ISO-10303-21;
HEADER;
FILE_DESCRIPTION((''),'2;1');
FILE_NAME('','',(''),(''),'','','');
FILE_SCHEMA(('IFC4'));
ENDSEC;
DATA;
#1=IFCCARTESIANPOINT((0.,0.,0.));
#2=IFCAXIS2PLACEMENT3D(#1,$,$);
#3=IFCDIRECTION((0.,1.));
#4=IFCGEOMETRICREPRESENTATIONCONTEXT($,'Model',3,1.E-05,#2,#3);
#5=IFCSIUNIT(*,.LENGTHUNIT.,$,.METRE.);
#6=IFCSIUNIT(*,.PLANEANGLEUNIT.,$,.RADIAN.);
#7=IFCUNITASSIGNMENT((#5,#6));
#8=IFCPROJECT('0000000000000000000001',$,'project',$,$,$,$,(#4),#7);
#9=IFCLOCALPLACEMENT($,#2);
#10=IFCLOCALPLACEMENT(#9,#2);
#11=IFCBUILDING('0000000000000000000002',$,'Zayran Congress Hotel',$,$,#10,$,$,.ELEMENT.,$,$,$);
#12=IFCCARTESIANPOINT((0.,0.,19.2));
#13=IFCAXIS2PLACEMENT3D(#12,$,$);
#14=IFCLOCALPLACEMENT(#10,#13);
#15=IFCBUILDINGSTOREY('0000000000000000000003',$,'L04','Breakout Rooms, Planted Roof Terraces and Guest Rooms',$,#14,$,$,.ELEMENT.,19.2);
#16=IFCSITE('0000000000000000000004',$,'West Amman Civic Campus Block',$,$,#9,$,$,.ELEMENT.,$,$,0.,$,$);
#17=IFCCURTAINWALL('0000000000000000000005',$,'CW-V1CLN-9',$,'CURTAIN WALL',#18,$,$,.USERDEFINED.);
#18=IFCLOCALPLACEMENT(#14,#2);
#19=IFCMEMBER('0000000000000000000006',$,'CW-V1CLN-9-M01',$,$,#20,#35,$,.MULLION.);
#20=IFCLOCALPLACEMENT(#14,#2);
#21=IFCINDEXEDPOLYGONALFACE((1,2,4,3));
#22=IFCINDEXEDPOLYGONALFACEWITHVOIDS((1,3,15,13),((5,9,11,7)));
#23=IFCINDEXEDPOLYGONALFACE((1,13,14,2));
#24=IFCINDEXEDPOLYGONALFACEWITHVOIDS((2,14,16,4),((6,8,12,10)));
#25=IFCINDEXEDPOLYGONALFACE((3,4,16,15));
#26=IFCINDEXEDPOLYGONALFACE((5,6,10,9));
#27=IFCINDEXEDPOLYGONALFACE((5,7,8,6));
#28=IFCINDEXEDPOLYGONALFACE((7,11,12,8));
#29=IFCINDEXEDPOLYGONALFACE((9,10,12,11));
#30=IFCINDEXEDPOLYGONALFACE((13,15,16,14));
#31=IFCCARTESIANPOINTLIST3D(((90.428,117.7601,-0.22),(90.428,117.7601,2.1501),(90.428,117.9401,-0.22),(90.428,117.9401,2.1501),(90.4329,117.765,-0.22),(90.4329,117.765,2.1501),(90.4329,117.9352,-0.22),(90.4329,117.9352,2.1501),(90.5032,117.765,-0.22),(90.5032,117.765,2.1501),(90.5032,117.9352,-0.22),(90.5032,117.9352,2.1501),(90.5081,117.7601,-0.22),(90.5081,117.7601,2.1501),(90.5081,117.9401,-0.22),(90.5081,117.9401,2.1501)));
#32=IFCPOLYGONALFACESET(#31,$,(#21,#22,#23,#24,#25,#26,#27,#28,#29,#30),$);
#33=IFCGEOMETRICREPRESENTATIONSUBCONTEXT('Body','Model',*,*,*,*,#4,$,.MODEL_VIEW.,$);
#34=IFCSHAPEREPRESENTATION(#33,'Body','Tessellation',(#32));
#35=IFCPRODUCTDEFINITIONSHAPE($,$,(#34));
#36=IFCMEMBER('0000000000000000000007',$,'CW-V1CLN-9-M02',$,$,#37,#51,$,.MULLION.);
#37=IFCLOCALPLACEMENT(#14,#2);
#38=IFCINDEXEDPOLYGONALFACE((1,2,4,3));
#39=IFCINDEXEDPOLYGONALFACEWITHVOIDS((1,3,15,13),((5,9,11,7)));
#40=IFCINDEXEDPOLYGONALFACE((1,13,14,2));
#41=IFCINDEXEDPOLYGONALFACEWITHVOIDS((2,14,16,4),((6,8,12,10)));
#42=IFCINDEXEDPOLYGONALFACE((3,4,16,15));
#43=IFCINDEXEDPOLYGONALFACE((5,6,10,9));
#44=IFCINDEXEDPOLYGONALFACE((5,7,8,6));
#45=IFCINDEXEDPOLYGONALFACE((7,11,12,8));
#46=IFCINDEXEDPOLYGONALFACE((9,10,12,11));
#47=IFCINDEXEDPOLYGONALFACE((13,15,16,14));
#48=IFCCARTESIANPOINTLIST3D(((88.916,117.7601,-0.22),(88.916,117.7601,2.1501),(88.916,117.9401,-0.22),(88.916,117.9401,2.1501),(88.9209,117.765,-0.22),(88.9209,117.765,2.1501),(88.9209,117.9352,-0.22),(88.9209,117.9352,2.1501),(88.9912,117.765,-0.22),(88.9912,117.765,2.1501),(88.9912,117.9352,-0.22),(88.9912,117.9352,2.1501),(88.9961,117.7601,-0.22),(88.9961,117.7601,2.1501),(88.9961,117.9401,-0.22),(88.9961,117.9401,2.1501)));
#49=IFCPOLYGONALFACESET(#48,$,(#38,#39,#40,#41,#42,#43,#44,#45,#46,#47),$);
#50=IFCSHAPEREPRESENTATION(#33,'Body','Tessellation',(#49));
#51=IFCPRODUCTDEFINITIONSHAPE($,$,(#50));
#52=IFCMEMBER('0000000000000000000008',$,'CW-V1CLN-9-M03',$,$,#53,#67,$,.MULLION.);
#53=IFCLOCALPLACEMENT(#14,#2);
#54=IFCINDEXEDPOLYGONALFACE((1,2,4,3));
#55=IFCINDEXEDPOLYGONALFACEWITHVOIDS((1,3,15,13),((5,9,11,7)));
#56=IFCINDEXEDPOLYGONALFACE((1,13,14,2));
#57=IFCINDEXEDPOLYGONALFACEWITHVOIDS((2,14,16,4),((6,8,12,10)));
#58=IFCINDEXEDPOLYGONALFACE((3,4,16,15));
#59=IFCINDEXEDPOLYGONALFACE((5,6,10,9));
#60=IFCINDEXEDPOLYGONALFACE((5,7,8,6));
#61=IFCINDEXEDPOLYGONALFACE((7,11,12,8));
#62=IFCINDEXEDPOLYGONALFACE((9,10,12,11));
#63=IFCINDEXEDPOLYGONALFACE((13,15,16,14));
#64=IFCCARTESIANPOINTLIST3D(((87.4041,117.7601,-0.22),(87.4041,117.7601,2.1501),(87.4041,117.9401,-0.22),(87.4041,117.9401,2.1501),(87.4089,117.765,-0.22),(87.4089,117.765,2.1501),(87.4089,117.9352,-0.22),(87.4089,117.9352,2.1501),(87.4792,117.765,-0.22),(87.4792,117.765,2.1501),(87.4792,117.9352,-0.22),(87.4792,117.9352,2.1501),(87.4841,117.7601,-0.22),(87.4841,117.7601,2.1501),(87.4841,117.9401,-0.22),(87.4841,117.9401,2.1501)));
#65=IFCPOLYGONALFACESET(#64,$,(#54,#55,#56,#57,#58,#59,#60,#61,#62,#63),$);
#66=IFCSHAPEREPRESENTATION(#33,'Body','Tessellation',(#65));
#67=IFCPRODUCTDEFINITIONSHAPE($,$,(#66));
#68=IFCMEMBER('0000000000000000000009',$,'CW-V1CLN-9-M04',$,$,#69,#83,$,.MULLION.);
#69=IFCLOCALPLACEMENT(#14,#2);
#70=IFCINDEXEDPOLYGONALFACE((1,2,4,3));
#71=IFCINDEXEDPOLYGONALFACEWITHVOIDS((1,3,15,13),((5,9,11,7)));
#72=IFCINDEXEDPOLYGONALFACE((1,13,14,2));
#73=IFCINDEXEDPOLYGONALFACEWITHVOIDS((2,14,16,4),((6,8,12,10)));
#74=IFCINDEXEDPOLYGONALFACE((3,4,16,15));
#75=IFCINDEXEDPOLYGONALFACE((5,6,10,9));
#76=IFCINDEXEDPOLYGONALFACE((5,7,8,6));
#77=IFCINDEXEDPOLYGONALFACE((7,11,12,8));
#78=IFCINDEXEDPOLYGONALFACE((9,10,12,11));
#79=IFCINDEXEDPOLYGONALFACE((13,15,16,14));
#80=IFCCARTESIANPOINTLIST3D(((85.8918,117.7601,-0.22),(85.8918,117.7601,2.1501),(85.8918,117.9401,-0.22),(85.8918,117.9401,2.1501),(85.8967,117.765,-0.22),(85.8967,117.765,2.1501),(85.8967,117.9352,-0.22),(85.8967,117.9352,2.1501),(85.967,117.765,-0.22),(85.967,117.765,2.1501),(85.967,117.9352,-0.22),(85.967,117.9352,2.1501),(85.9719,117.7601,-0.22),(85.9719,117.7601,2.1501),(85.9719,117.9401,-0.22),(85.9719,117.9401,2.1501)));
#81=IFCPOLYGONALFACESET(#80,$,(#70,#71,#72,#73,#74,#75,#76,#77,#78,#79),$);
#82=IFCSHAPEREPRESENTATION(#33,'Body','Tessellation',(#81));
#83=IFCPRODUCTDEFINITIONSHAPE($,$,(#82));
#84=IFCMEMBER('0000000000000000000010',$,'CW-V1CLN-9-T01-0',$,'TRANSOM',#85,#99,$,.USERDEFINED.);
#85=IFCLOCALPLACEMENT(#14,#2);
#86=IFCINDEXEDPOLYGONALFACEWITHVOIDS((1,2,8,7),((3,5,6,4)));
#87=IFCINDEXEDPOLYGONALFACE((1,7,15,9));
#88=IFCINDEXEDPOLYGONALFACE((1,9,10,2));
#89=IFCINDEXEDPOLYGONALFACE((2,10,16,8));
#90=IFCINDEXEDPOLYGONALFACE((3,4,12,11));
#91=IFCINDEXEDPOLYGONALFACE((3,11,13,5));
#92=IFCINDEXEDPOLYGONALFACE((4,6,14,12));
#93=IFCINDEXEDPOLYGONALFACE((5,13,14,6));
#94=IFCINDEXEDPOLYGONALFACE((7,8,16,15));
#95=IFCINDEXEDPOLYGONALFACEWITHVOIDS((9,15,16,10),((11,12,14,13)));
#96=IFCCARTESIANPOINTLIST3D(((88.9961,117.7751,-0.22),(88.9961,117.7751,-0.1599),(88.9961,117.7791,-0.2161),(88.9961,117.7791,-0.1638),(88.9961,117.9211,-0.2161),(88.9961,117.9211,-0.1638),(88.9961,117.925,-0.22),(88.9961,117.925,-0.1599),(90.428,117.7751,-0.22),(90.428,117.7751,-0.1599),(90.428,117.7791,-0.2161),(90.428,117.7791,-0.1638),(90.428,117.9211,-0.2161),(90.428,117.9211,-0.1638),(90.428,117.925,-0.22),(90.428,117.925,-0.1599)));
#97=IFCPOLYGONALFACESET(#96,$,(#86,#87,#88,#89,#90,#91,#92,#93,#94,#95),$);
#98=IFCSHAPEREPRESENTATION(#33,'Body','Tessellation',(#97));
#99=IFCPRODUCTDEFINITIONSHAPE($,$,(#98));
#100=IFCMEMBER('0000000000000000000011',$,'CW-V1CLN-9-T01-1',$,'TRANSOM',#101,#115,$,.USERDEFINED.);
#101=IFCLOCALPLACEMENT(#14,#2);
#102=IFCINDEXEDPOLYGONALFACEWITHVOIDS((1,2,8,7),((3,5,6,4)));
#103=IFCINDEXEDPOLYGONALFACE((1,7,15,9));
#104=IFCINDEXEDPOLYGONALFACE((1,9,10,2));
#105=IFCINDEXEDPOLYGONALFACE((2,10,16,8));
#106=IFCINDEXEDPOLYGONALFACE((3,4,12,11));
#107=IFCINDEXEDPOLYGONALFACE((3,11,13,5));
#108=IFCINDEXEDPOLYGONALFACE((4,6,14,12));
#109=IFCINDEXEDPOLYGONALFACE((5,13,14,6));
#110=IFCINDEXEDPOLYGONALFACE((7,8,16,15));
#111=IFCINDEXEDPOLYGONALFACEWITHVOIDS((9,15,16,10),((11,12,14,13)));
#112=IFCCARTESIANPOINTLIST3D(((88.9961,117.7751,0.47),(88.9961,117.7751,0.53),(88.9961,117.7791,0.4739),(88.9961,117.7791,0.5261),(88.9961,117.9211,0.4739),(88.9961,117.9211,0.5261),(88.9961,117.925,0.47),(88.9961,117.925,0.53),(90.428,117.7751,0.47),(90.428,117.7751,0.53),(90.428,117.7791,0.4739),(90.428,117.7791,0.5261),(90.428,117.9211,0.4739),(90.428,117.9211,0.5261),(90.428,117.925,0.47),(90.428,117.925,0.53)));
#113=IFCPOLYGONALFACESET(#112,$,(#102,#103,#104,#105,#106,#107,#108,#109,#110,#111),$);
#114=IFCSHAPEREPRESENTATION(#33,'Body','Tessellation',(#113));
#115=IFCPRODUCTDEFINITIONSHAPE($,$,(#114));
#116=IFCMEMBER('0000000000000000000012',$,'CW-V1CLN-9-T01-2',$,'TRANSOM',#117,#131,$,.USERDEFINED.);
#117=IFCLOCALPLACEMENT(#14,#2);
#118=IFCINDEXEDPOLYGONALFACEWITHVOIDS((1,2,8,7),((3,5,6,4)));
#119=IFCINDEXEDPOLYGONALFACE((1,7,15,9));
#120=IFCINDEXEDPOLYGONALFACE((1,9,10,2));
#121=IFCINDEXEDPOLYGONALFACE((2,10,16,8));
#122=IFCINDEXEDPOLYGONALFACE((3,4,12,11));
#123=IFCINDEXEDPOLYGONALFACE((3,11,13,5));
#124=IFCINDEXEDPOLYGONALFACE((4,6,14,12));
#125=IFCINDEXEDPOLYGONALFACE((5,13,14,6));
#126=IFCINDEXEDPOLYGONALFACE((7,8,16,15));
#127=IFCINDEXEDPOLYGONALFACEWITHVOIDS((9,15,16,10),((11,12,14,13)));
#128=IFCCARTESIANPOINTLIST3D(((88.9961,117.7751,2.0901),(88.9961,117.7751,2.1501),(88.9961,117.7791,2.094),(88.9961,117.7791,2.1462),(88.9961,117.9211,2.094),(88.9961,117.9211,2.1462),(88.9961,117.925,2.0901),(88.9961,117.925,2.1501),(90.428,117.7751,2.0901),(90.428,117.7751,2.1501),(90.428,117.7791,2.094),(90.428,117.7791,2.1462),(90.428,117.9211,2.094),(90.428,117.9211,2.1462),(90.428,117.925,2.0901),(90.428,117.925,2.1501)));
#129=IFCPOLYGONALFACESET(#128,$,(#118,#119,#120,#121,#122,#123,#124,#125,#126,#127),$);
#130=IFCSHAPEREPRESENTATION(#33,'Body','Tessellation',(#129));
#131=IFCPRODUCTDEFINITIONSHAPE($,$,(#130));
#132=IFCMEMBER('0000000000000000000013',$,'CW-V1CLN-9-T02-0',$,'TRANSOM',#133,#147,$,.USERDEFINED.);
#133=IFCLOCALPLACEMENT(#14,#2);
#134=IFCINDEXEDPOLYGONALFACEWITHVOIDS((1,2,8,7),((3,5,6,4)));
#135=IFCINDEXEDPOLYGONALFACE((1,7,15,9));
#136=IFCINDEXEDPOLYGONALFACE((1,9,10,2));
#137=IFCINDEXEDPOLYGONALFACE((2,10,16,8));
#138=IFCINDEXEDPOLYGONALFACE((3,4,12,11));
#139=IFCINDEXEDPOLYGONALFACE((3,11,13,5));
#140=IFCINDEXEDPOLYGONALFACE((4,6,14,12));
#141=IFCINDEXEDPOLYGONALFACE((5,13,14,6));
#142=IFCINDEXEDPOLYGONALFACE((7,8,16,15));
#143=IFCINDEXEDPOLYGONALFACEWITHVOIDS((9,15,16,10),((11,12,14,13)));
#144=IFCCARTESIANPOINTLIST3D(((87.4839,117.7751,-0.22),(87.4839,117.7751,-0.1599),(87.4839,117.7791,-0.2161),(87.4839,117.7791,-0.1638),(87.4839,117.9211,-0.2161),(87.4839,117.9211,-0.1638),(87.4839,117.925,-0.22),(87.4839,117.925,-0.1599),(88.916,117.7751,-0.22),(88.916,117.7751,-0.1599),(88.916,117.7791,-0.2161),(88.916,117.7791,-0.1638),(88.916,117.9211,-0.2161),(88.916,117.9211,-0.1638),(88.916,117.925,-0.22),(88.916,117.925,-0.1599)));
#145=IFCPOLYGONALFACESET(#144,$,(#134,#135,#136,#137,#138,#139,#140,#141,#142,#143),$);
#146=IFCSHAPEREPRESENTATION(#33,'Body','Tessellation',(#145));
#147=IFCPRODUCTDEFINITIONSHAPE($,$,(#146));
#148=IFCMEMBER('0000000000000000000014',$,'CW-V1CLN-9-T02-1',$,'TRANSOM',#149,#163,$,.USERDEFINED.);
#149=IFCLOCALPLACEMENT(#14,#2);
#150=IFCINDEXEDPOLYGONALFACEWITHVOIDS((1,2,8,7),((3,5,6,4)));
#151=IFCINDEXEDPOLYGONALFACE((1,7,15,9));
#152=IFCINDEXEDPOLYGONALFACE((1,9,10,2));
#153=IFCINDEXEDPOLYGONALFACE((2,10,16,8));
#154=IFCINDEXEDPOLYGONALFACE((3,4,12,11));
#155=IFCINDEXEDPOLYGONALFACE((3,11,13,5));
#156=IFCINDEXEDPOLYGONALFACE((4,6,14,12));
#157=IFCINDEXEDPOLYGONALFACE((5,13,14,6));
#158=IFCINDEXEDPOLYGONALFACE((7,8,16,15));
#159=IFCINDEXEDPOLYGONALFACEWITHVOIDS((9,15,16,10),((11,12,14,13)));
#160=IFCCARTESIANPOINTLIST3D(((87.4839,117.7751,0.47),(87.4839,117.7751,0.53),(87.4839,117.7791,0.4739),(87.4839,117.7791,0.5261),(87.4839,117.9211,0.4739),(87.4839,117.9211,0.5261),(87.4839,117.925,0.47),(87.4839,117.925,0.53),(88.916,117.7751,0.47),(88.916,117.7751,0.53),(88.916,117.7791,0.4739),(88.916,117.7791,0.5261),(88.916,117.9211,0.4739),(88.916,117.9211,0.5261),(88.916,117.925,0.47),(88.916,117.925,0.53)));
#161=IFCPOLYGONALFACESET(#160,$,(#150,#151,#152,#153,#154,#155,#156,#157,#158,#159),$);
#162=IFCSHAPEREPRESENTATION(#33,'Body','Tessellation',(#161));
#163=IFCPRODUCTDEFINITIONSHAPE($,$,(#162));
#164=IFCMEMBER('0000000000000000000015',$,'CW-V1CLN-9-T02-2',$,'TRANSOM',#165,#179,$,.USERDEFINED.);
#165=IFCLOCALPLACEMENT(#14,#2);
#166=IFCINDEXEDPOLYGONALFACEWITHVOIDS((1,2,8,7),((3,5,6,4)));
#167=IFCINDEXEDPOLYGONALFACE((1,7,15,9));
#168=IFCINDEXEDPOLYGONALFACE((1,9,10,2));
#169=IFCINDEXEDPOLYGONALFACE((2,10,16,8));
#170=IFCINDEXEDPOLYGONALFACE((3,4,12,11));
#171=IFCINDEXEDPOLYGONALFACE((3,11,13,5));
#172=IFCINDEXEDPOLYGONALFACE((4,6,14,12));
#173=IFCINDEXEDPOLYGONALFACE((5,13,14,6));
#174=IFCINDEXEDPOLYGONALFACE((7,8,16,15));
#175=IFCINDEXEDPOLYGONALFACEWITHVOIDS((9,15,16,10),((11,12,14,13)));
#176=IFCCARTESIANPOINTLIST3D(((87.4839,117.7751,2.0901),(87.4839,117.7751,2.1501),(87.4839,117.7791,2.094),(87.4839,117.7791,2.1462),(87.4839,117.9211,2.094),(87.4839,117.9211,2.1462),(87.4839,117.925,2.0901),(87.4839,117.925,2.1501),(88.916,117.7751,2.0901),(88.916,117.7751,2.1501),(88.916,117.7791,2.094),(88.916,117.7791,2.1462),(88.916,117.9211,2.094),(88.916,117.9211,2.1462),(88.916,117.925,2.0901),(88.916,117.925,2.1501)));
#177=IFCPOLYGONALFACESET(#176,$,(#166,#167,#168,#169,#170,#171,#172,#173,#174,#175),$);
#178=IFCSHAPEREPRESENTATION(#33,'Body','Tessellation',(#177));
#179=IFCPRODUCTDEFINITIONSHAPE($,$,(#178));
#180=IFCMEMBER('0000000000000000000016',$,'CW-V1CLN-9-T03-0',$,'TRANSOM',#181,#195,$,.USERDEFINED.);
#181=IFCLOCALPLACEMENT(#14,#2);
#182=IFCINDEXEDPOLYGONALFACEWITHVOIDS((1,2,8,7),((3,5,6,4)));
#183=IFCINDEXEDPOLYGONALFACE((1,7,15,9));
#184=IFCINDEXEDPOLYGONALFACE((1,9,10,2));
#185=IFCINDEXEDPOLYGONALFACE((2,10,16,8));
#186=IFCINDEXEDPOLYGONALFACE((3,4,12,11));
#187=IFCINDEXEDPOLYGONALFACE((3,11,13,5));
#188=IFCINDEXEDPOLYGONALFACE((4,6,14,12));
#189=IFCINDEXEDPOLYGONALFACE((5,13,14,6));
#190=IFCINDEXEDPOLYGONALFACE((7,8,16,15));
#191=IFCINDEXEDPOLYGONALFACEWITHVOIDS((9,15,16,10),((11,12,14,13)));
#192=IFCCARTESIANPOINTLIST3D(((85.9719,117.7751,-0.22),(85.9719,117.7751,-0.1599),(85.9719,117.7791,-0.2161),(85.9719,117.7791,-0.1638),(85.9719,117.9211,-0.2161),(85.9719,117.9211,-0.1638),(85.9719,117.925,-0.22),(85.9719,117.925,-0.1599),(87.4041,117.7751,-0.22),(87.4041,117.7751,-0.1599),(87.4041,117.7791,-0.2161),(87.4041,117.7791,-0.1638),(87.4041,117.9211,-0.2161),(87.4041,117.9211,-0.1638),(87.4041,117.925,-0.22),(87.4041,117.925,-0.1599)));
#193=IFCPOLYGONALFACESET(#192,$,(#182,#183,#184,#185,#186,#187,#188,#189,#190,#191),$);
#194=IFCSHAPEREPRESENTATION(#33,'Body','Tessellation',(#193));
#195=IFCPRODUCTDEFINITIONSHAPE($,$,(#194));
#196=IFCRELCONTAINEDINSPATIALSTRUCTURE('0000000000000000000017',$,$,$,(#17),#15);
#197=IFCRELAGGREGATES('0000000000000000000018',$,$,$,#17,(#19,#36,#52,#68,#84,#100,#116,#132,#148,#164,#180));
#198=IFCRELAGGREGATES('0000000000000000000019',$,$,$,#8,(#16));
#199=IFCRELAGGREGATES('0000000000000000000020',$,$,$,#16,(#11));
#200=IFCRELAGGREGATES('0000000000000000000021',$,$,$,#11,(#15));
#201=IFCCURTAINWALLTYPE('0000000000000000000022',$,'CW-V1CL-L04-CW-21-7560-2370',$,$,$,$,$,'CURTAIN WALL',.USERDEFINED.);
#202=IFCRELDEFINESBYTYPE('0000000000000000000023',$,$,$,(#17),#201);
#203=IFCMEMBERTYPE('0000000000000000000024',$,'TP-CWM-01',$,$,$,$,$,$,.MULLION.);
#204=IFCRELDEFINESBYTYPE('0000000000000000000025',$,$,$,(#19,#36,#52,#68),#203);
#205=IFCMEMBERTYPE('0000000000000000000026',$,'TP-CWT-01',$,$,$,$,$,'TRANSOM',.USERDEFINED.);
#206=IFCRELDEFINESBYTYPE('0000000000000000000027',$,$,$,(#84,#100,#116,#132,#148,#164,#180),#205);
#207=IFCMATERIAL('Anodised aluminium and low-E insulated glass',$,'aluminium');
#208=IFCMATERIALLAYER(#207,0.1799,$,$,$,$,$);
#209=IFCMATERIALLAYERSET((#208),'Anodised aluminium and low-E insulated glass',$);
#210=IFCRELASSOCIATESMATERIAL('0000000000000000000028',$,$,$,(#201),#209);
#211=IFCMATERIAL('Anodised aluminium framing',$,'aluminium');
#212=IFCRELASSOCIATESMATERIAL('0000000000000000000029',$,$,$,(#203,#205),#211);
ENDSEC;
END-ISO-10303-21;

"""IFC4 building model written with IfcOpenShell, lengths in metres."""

from ifc_helpers import new_model, si_unit, direction, frame, origin, origin_2d, place, context, subcontext, project, spatial, hollow_rectangle, extrude, material, layer, layer_set, material_profile, profile_set, type_object, element, aggregate, save


model = new_model("IFC4")

# Units and contexts
model_context = context("Model", 3, precision=1e-05, world=origin(), true_north=direction((0.0, 1.0)))
body_context = subcontext(model_context, "Body", "Model", "MODEL_VIEW")
ifc_project = project(units=[si_unit("LENGTHUNIT", "METRE"), si_unit("PLANEANGLEUNIT", "RADIAN")], contexts=[model_context])

# Site, building, storey
site_placement = place(None, origin())
site = spatial("IfcSite", under=ifc_project, at=site_placement, Name="West Amman Civic Campus Block", CompositionType="ELEMENT", RefElevation=0.0)
building_placement = place(site_placement, origin())
building = spatial("IfcBuilding", under=site, at=building_placement, Name="Zayran Congress Hotel", CompositionType="ELEMENT")
storey_placement = place(building_placement, frame((0.0, 0.0, 19.2)))
storey = spatial("IfcBuildingStorey", under=building, at=storey_placement, Name="L04", Description="Breakout Rooms, Planted Roof Terraces and Guest Rooms", CompositionType="ELEMENT", Elevation=19.2)

# Curtain wall, members
ifc_material_1 = material(Name="Anodised aluminium and low-E insulated glass", Category="aluminium")
ifc_layer_1 = layer(ifc_material_1, 0.1799)
ifc_layer_set_1 = layer_set([ifc_layer_1], Name="Anodised aluminium and low-E insulated glass")
curtain_wall_type = type_object("IfcCurtainWallType", Name="CW-V1CL-L04-CW-21-7560-2370", ElementType="CURTAIN WALL", PredefinedType="USERDEFINED", material=ifc_layer_set_1)
curtain_wall_placement = place(storey_placement, origin())
curtain_wall = element("IfcCurtainWall", 1, at=curtain_wall_placement, inside=storey, type_object=curtain_wall_type, Name="CW-V1CLN-9", ObjectType="CURTAIN WALL", PredefinedType="USERDEFINED")
ifc_material_2 = material(Name="Anodised aluminium framing", Category="aluminium")
ifc_material_profile_1 = material_profile(ifc_material_2, hollow_rectangle(XDim=0.0801, YDim=0.1799, WallThickness=0.0049, at=origin_2d()), Name="RHS 180x80x5")
ifc_profile_set_1 = profile_set([ifc_material_profile_1], Name="Anodised aluminium framing")
member_type_1 = type_object("IfcMemberType", Name="TP-CWM-01", PredefinedType="MULLION", material=ifc_profile_set_1)
member_1_placement = place(storey_placement, frame((90.468, 117.8501, -0.22), z_axis=(0.0, 0.0, 1.0), x_axis=(1.0, 0.0, 0.0)))
member_1 = element("IfcMember", 2, at=member_1_placement, type_object=member_type_1, Name="CW-V1CLN-9-M01", PredefinedType="MULLION", context=body_context, shape_type="SweptSolid", body=[
    extrude(hollow_rectangle(XDim=0.0801, YDim=0.1799, WallThickness=0.0049, at=origin_2d()), origin(), (0.0, 0.0, 1.0), 2.3701),
])
member_2_placement = place(storey_placement, frame((88.9561, 117.8501, -0.22), z_axis=(0.0, 0.0, 1.0), x_axis=(1.0, 0.0, 0.0)))
member_2 = element("IfcMember", 3, at=member_2_placement, type_object=member_type_1, Name="CW-V1CLN-9-M02", PredefinedType="MULLION", context=body_context, shape_type="SweptSolid", body=[
    extrude(hollow_rectangle(XDim=0.0801, YDim=0.1799, WallThickness=0.0049, at=origin_2d()), origin(), (0.0, 0.0, 1.0), 2.3701),
])
member_3_placement = place(storey_placement, frame((87.4441, 117.8501, -0.22), z_axis=(0.0, 0.0, 1.0), x_axis=(1.0, 0.0, 0.0)))
member_3 = element("IfcMember", 4, at=member_3_placement, type_object=member_type_1, Name="CW-V1CLN-9-M03", PredefinedType="MULLION", context=body_context, shape_type="SweptSolid", body=[
    extrude(hollow_rectangle(XDim=0.0801, YDim=0.1799, WallThickness=0.0049, at=origin_2d()), origin(), (0.0, 0.0, 1.0), 2.3701),
])
member_4_placement = place(storey_placement, frame((85.9319, 117.8501, -0.22), z_axis=(0.0, 0.0, 1.0), x_axis=(1.0, 0.0, 0.0)))
member_4 = element("IfcMember", 5, at=member_4_placement, type_object=member_type_1, Name="CW-V1CLN-9-M04", PredefinedType="MULLION", context=body_context, shape_type="SweptSolid", body=[
    extrude(hollow_rectangle(XDim=0.0801, YDim=0.1799, WallThickness=0.0049, at=origin_2d()), origin(), (0.0, 0.0, 1.0), 2.3701),
])
ifc_material_profile_2 = material_profile(ifc_material_2, hollow_rectangle(XDim=0.0601, YDim=0.1499, WallThickness=0.0039, at=origin_2d()), Name="RHS 150x60x4")
ifc_profile_set_2 = profile_set([ifc_material_profile_2], Name="Anodised aluminium framing")
member_type_2 = type_object("IfcMemberType", Name="TP-CWT-01", ElementType="TRANSOM", PredefinedType="USERDEFINED", material=ifc_profile_set_2)
member_5_placement = place(storey_placement, frame((90.428, 117.8501, -0.1899), z_axis=(-1.0, 0.0, 0.0), x_axis=(0.0, 0.0, 1.0)))
member_5 = element("IfcMember", 6, at=member_5_placement, type_object=member_type_2, Name="CW-V1CLN-9-T01-0", ObjectType="TRANSOM", PredefinedType="USERDEFINED", context=body_context, shape_type="SweptSolid", body=[
    extrude(hollow_rectangle(XDim=0.0601, YDim=0.1499, WallThickness=0.0039, at=origin_2d()), origin(), (0.0, 0.0, 1.0), 1.4319),
])
member_6_placement = place(storey_placement, frame((90.428, 117.8501, 0.5), z_axis=(-1.0, 0.0, 0.0), x_axis=(0.0, 0.0, 1.0)))
member_6 = element("IfcMember", 7, at=member_6_placement, type_object=member_type_2, Name="CW-V1CLN-9-T01-1", ObjectType="TRANSOM", PredefinedType="USERDEFINED", context=body_context, shape_type="SweptSolid", body=[
    extrude(hollow_rectangle(XDim=0.0601, YDim=0.1499, WallThickness=0.0039, at=origin_2d()), origin(), (0.0, 0.0, 1.0), 1.4319),
])
member_7_placement = place(storey_placement, frame((90.428, 117.8501, 2.1201), z_axis=(-1.0, 0.0, 0.0), x_axis=(0.0, 0.0, 1.0)))
member_7 = element("IfcMember", 8, at=member_7_placement, type_object=member_type_2, Name="CW-V1CLN-9-T01-2", ObjectType="TRANSOM", PredefinedType="USERDEFINED", context=body_context, shape_type="SweptSolid", body=[
    extrude(hollow_rectangle(XDim=0.0601, YDim=0.1499, WallThickness=0.0039, at=origin_2d()), origin(), (0.0, 0.0, 1.0), 1.4319),
])
member_8_placement = place(storey_placement, frame((88.916, 117.8501, -0.1899), z_axis=(-1.0, 0.0, 0.0), x_axis=(0.0, 0.0, 1.0)))
member_8 = element("IfcMember", 9, at=member_8_placement, type_object=member_type_2, Name="CW-V1CLN-9-T02-0", ObjectType="TRANSOM", PredefinedType="USERDEFINED", context=body_context, shape_type="SweptSolid", body=[
    extrude(hollow_rectangle(XDim=0.0601, YDim=0.1499, WallThickness=0.0039, at=origin_2d()), origin(), (0.0, 0.0, 1.0), 1.4321),
])
member_9_placement = place(storey_placement, frame((88.916, 117.8501, 0.5), z_axis=(-1.0, 0.0, 0.0), x_axis=(0.0, 0.0, 1.0)))
member_9 = element("IfcMember", 10, at=member_9_placement, type_object=member_type_2, Name="CW-V1CLN-9-T02-1", ObjectType="TRANSOM", PredefinedType="USERDEFINED", context=body_context, shape_type="SweptSolid", body=[
    extrude(hollow_rectangle(XDim=0.0601, YDim=0.1499, WallThickness=0.0039, at=origin_2d()), origin(), (0.0, 0.0, 1.0), 1.4321),
])
member_10_placement = place(storey_placement, frame((88.916, 117.8501, 2.1201), z_axis=(-1.0, 0.0, 0.0), x_axis=(0.0, 0.0, 1.0)))
member_10 = element("IfcMember", 11, at=member_10_placement, type_object=member_type_2, Name="CW-V1CLN-9-T02-2", ObjectType="TRANSOM", PredefinedType="USERDEFINED", context=body_context, shape_type="SweptSolid", body=[
    extrude(hollow_rectangle(XDim=0.0601, YDim=0.1499, WallThickness=0.0039, at=origin_2d()), origin(), (0.0, 0.0, 1.0), 1.4321),
])
member_11_placement = place(storey_placement, frame((87.4041, 117.8501, -0.1899), z_axis=(-1.0, 0.0, 0.0), x_axis=(0.0, 0.0, 1.0)))
member_11 = element("IfcMember", 12, at=member_11_placement, type_object=member_type_2, Name="CW-V1CLN-9-T03-0", ObjectType="TRANSOM", PredefinedType="USERDEFINED", context=body_context, shape_type="SweptSolid", body=[
    extrude(hollow_rectangle(XDim=0.0601, YDim=0.1499, WallThickness=0.0039, at=origin_2d()), origin(), (0.0, 0.0, 1.0), 1.4321),
])
aggregate(curtain_wall, [member_1, member_2, member_3, member_4, member_5, member_6, member_7, member_8, member_9, member_10, member_11])

save(model, "model.ifc")
